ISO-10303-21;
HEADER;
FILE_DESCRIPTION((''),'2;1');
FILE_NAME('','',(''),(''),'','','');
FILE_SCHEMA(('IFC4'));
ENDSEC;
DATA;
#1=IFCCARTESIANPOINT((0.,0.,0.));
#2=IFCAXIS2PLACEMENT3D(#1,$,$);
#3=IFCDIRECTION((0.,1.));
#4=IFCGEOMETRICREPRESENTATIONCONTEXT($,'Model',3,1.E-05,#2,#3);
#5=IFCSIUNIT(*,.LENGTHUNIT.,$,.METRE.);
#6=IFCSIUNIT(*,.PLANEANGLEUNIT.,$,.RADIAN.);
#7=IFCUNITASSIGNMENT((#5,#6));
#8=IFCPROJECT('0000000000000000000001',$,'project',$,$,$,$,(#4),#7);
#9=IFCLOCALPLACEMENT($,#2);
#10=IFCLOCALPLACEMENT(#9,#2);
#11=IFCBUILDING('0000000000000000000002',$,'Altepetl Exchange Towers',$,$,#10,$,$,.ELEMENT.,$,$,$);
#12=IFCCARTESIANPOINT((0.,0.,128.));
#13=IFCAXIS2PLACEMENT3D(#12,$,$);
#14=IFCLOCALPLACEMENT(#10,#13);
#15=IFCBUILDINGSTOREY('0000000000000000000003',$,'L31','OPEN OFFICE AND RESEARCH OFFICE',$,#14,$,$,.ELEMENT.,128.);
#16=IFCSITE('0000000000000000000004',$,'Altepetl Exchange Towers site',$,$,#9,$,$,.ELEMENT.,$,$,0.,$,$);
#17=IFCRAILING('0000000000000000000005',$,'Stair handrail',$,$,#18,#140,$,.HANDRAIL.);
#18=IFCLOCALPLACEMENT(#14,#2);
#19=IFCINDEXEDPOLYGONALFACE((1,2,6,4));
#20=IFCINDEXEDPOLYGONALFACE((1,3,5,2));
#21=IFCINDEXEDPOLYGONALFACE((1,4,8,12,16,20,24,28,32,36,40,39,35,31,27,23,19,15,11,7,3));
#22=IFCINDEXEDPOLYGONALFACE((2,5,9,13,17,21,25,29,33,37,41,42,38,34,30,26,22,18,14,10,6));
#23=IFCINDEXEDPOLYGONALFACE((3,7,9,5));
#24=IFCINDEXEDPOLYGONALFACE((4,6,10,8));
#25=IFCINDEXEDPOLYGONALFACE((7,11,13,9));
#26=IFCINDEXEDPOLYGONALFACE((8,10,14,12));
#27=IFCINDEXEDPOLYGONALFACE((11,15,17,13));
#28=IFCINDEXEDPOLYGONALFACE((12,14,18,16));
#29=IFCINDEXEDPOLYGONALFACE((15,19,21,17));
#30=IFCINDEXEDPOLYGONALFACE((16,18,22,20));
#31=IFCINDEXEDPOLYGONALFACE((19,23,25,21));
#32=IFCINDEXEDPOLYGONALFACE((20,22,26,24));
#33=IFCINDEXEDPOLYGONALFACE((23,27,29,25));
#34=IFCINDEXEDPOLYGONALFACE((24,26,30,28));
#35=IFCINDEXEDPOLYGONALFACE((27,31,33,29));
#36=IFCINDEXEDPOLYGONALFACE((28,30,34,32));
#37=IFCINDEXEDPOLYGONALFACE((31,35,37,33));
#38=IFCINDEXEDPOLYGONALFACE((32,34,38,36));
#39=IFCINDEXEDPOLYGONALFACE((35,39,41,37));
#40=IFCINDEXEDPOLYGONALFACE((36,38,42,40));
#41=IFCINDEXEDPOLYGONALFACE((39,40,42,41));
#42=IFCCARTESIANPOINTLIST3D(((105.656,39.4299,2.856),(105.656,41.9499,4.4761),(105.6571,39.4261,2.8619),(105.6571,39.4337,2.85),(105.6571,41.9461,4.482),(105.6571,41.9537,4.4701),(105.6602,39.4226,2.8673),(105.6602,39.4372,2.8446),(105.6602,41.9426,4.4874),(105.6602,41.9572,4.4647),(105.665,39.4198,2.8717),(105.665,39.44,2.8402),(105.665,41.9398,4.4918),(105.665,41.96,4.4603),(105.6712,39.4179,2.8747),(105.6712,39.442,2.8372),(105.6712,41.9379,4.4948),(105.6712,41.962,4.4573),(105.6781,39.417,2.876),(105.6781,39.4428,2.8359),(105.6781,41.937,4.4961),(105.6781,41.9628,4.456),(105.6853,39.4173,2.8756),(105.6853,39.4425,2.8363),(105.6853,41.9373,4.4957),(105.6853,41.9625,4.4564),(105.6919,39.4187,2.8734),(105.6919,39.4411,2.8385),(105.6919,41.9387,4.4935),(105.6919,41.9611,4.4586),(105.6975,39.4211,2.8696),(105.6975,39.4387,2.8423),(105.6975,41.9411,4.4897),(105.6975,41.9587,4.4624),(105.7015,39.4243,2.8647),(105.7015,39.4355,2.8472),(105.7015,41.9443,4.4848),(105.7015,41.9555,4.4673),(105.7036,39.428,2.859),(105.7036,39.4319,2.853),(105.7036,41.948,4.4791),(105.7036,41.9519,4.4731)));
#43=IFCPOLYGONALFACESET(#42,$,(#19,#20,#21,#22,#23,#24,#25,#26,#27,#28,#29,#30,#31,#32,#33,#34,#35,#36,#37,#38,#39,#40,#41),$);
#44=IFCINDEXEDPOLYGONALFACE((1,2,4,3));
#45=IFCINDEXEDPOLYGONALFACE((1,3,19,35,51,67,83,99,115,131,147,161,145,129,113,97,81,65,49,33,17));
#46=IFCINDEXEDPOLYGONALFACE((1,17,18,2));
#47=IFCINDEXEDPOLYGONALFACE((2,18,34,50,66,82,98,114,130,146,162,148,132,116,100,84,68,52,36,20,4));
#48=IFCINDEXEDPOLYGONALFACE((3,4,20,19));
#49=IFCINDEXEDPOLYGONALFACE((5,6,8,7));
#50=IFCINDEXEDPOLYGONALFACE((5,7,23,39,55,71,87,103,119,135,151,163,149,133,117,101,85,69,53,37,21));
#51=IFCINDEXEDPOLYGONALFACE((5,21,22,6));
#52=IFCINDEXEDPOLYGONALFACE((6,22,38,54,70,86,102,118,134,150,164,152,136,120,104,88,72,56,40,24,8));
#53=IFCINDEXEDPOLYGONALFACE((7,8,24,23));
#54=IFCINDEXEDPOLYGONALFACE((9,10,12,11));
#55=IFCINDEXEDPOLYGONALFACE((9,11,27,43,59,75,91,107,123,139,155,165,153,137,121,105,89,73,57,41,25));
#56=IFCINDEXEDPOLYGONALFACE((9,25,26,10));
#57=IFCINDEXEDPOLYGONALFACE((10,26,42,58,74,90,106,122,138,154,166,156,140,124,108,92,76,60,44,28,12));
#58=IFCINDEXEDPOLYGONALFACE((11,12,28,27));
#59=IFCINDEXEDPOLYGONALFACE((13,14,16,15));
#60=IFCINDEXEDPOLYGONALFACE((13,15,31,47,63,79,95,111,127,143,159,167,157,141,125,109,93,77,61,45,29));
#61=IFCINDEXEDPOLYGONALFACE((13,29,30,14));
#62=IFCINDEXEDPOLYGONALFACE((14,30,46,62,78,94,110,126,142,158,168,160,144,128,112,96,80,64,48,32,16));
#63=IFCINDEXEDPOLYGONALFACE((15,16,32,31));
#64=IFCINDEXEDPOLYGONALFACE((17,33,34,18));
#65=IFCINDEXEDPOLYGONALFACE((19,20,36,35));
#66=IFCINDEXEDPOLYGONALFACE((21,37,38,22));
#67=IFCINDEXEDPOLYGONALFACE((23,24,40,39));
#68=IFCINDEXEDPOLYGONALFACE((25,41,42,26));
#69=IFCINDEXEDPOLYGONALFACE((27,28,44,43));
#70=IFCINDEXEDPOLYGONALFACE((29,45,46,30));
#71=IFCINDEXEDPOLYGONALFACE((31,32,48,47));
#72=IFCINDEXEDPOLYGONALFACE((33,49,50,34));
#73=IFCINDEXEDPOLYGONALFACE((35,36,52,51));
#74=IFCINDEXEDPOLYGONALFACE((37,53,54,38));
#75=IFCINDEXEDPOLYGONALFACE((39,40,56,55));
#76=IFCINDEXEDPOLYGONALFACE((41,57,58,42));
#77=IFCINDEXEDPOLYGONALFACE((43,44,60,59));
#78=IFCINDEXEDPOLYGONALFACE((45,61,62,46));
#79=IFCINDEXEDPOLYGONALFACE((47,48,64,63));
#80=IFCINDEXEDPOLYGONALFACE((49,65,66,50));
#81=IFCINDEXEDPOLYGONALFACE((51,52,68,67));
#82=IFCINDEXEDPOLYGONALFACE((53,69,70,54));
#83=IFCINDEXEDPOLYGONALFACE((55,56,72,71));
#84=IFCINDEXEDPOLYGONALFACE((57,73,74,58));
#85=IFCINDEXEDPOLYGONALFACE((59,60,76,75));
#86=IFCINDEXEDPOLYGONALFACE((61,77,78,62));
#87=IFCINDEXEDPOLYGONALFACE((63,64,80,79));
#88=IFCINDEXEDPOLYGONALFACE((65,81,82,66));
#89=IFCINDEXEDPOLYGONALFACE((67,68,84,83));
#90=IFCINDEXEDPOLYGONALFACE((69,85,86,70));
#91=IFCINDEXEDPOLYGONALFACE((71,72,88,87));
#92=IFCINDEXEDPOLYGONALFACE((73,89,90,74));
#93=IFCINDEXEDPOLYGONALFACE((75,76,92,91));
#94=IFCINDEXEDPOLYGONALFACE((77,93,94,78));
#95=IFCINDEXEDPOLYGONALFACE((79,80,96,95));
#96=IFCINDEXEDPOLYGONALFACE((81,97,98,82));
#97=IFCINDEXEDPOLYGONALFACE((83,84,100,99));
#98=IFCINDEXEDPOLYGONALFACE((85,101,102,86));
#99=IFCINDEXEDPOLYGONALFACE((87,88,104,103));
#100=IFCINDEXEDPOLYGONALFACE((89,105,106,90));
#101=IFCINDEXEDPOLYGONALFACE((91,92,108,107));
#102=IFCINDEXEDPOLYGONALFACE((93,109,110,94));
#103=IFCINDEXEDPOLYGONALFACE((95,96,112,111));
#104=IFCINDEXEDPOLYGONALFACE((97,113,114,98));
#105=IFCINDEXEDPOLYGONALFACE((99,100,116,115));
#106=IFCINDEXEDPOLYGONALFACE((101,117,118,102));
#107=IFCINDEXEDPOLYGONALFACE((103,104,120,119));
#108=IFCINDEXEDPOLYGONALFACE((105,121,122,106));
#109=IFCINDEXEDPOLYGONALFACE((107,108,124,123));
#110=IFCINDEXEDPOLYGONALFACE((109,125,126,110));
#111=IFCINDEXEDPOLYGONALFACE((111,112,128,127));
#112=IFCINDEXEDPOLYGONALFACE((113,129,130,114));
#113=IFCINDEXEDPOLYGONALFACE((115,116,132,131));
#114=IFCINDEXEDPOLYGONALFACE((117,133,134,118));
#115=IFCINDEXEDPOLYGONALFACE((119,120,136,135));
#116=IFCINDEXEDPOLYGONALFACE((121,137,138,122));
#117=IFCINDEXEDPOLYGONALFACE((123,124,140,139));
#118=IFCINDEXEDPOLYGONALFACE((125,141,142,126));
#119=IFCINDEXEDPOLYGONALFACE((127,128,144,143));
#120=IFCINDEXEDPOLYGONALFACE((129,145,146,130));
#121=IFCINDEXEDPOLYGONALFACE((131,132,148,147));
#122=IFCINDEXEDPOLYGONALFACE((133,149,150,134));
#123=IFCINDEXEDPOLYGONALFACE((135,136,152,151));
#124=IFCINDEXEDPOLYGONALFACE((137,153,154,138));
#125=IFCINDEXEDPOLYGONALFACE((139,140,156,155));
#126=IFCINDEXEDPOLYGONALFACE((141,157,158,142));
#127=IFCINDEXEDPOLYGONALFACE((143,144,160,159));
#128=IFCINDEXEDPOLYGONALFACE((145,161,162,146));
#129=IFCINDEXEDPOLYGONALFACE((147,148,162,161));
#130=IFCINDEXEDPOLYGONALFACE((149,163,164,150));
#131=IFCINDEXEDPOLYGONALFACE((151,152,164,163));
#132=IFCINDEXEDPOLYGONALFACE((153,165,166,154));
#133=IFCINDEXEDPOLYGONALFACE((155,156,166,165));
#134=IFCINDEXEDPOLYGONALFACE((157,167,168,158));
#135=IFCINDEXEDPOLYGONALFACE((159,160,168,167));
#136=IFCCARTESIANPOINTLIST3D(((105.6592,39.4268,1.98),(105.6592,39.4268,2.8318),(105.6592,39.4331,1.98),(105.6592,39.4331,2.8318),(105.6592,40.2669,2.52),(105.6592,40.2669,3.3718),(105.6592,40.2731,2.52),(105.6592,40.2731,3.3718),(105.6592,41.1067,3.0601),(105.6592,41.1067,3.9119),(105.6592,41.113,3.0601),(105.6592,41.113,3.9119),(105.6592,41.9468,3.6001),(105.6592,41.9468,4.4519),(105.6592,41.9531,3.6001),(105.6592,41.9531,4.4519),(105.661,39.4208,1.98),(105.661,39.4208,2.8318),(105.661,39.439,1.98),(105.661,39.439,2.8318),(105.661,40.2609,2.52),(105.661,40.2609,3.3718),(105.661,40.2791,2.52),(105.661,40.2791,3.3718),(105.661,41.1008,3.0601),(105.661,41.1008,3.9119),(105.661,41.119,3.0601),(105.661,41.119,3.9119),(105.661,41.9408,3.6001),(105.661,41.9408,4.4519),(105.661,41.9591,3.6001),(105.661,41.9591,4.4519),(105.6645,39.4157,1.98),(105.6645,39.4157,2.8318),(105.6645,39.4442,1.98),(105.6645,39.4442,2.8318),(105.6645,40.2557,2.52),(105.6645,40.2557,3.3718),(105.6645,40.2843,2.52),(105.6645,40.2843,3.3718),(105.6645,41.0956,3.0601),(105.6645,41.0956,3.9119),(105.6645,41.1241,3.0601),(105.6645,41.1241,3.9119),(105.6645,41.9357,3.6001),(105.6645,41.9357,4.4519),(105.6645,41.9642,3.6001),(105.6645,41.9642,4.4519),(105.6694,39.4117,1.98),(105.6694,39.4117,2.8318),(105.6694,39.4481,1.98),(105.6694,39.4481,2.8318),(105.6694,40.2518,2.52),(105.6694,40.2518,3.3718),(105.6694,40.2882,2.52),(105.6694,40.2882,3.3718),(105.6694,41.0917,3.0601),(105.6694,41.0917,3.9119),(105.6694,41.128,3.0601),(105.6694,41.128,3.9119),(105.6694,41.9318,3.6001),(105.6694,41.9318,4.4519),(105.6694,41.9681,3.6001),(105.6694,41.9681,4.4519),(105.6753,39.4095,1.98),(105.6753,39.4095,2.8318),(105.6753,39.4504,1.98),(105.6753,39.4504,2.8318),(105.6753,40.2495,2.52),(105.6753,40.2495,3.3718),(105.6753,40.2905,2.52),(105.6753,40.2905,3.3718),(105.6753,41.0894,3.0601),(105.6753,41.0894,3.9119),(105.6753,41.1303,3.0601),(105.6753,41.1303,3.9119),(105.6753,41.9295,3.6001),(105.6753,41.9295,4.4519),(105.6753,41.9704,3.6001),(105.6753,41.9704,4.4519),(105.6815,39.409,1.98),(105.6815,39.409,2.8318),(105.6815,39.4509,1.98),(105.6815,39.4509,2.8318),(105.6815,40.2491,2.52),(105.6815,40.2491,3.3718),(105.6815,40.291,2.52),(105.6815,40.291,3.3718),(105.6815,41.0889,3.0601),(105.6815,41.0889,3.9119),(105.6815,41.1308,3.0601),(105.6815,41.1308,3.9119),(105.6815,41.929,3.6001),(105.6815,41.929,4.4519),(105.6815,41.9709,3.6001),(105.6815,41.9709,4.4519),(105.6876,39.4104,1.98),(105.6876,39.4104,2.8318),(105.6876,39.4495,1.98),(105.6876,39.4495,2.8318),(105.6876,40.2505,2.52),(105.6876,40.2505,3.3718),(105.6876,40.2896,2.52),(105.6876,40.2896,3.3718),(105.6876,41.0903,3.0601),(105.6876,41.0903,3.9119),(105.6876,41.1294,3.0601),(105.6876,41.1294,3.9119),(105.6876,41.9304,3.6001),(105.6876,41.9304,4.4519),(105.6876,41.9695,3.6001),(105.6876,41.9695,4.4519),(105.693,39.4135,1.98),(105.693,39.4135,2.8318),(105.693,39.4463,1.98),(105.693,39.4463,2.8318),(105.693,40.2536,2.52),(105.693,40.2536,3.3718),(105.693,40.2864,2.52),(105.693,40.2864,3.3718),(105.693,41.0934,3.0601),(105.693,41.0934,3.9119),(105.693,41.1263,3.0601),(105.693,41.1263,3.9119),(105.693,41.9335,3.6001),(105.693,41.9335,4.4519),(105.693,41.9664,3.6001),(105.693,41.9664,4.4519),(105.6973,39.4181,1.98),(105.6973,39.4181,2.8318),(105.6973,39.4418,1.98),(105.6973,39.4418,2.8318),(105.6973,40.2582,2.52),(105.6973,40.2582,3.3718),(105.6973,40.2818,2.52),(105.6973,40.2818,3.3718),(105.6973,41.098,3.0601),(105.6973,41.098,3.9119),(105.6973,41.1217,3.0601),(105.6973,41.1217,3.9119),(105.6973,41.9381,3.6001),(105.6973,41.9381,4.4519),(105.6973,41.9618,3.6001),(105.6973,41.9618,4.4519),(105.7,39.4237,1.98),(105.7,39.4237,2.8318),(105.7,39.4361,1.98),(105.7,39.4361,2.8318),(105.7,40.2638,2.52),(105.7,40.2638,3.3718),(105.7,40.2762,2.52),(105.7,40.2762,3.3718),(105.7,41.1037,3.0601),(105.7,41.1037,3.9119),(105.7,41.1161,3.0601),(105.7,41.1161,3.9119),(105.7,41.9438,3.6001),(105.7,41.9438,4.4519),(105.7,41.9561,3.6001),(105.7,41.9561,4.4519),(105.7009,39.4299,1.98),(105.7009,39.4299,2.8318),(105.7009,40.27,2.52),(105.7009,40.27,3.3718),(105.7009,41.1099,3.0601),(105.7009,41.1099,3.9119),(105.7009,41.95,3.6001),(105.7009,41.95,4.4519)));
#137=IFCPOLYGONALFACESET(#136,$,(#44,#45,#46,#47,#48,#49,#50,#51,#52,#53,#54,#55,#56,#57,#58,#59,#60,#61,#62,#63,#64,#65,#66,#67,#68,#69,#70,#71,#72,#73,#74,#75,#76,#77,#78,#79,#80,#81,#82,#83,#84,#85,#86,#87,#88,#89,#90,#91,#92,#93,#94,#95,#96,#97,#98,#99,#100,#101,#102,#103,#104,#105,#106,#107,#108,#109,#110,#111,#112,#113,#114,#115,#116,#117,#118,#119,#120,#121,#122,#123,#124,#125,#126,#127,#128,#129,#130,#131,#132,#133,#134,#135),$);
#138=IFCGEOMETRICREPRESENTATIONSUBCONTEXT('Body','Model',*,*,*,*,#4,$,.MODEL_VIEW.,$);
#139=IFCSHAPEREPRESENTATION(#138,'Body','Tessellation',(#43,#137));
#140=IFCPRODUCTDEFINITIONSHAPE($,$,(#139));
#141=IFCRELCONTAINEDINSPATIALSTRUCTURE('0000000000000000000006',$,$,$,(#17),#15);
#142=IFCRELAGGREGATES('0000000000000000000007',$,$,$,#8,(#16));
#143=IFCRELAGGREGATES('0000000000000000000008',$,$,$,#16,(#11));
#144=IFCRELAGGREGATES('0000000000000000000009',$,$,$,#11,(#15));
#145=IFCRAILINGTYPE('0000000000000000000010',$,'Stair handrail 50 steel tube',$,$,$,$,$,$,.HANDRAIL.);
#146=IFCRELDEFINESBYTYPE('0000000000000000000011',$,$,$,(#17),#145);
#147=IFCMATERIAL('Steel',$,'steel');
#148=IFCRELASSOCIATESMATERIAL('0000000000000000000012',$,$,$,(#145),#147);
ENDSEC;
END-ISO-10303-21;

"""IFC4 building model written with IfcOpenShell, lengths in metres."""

from ifc_helpers import new_model, si_unit, direction, frame, origin, origin_2d, place, context, subcontext, project, spatial, circle, extrude, source, transform, mapped, material, type_object, element, save


model = new_model("IFC4")

# Units and contexts
model_context = context("Model", 3, precision=1e-05, world=origin(), true_north=direction((0.0, 1.0)))
body_context = subcontext(model_context, "Body", "Model", "MODEL_VIEW")
ifc_project = project(units=[si_unit("LENGTHUNIT", "METRE"), si_unit("PLANEANGLEUNIT", "RADIAN")], contexts=[model_context])

# Site, building, storey
site_placement = place(None, origin())
site = spatial("IfcSite", under=ifc_project, at=site_placement, Name="Altepetl Exchange Towers site", CompositionType="ELEMENT", RefElevation=0.0)
building_placement = place(site_placement, origin())
building = spatial("IfcBuilding", under=site, at=building_placement, Name="Altepetl Exchange Towers", CompositionType="ELEMENT")
storey_placement = place(building_placement, frame((0.0, 0.0, 128.0)))
storey = spatial("IfcBuildingStorey", under=building, at=storey_placement, Name="L31", Description="OPEN OFFICE AND RESEARCH OFFICE", CompositionType="ELEMENT", Elevation=128.0)

# Railing
ifc_material_1 = material(Name="Steel", Category="steel")
railing_type = type_object("IfcRailingType", Name="Stair handrail 50 steel tube", PredefinedType="HANDRAIL", material=ifc_material_1)
shared_shape = source(origin(), body_context, "Body", "SweptSolid", [
    extrude(circle(Radius=0.021, at=origin_2d()), origin(), (0.0, 0.0, 1.0), 0.8518),
])
railing_1_placement = place(storey_placement, frame((105.6799, 39.4299, 1.98)))
element("IfcRailing", 1, at=railing_1_placement, inside=storey, type_object=railing_type, Name="Stair handrail", PredefinedType="HANDRAIL", context=body_context, shape_type="SweptSolid", body=[
    extrude(circle(Radius=0.0239, at=origin_2d()), frame((0.0, 0.0, 0.876), z_axis=(0.0, 0.841163, 0.540782), x_axis=(-1.0, 0.0, 0.0)), (0.0, 0.0, 1.0), 2.9958),
    mapped(shared_shape, transform((0.0, 0.0, 0.0))),
    mapped(shared_shape, transform((0.0, 0.8401, 0.54))),
    mapped(shared_shape, transform((0.0, 1.6799, 1.0801))),
    mapped(shared_shape, transform((0.0, 2.52, 1.6201))),
])

save(model, "model.ifc")
